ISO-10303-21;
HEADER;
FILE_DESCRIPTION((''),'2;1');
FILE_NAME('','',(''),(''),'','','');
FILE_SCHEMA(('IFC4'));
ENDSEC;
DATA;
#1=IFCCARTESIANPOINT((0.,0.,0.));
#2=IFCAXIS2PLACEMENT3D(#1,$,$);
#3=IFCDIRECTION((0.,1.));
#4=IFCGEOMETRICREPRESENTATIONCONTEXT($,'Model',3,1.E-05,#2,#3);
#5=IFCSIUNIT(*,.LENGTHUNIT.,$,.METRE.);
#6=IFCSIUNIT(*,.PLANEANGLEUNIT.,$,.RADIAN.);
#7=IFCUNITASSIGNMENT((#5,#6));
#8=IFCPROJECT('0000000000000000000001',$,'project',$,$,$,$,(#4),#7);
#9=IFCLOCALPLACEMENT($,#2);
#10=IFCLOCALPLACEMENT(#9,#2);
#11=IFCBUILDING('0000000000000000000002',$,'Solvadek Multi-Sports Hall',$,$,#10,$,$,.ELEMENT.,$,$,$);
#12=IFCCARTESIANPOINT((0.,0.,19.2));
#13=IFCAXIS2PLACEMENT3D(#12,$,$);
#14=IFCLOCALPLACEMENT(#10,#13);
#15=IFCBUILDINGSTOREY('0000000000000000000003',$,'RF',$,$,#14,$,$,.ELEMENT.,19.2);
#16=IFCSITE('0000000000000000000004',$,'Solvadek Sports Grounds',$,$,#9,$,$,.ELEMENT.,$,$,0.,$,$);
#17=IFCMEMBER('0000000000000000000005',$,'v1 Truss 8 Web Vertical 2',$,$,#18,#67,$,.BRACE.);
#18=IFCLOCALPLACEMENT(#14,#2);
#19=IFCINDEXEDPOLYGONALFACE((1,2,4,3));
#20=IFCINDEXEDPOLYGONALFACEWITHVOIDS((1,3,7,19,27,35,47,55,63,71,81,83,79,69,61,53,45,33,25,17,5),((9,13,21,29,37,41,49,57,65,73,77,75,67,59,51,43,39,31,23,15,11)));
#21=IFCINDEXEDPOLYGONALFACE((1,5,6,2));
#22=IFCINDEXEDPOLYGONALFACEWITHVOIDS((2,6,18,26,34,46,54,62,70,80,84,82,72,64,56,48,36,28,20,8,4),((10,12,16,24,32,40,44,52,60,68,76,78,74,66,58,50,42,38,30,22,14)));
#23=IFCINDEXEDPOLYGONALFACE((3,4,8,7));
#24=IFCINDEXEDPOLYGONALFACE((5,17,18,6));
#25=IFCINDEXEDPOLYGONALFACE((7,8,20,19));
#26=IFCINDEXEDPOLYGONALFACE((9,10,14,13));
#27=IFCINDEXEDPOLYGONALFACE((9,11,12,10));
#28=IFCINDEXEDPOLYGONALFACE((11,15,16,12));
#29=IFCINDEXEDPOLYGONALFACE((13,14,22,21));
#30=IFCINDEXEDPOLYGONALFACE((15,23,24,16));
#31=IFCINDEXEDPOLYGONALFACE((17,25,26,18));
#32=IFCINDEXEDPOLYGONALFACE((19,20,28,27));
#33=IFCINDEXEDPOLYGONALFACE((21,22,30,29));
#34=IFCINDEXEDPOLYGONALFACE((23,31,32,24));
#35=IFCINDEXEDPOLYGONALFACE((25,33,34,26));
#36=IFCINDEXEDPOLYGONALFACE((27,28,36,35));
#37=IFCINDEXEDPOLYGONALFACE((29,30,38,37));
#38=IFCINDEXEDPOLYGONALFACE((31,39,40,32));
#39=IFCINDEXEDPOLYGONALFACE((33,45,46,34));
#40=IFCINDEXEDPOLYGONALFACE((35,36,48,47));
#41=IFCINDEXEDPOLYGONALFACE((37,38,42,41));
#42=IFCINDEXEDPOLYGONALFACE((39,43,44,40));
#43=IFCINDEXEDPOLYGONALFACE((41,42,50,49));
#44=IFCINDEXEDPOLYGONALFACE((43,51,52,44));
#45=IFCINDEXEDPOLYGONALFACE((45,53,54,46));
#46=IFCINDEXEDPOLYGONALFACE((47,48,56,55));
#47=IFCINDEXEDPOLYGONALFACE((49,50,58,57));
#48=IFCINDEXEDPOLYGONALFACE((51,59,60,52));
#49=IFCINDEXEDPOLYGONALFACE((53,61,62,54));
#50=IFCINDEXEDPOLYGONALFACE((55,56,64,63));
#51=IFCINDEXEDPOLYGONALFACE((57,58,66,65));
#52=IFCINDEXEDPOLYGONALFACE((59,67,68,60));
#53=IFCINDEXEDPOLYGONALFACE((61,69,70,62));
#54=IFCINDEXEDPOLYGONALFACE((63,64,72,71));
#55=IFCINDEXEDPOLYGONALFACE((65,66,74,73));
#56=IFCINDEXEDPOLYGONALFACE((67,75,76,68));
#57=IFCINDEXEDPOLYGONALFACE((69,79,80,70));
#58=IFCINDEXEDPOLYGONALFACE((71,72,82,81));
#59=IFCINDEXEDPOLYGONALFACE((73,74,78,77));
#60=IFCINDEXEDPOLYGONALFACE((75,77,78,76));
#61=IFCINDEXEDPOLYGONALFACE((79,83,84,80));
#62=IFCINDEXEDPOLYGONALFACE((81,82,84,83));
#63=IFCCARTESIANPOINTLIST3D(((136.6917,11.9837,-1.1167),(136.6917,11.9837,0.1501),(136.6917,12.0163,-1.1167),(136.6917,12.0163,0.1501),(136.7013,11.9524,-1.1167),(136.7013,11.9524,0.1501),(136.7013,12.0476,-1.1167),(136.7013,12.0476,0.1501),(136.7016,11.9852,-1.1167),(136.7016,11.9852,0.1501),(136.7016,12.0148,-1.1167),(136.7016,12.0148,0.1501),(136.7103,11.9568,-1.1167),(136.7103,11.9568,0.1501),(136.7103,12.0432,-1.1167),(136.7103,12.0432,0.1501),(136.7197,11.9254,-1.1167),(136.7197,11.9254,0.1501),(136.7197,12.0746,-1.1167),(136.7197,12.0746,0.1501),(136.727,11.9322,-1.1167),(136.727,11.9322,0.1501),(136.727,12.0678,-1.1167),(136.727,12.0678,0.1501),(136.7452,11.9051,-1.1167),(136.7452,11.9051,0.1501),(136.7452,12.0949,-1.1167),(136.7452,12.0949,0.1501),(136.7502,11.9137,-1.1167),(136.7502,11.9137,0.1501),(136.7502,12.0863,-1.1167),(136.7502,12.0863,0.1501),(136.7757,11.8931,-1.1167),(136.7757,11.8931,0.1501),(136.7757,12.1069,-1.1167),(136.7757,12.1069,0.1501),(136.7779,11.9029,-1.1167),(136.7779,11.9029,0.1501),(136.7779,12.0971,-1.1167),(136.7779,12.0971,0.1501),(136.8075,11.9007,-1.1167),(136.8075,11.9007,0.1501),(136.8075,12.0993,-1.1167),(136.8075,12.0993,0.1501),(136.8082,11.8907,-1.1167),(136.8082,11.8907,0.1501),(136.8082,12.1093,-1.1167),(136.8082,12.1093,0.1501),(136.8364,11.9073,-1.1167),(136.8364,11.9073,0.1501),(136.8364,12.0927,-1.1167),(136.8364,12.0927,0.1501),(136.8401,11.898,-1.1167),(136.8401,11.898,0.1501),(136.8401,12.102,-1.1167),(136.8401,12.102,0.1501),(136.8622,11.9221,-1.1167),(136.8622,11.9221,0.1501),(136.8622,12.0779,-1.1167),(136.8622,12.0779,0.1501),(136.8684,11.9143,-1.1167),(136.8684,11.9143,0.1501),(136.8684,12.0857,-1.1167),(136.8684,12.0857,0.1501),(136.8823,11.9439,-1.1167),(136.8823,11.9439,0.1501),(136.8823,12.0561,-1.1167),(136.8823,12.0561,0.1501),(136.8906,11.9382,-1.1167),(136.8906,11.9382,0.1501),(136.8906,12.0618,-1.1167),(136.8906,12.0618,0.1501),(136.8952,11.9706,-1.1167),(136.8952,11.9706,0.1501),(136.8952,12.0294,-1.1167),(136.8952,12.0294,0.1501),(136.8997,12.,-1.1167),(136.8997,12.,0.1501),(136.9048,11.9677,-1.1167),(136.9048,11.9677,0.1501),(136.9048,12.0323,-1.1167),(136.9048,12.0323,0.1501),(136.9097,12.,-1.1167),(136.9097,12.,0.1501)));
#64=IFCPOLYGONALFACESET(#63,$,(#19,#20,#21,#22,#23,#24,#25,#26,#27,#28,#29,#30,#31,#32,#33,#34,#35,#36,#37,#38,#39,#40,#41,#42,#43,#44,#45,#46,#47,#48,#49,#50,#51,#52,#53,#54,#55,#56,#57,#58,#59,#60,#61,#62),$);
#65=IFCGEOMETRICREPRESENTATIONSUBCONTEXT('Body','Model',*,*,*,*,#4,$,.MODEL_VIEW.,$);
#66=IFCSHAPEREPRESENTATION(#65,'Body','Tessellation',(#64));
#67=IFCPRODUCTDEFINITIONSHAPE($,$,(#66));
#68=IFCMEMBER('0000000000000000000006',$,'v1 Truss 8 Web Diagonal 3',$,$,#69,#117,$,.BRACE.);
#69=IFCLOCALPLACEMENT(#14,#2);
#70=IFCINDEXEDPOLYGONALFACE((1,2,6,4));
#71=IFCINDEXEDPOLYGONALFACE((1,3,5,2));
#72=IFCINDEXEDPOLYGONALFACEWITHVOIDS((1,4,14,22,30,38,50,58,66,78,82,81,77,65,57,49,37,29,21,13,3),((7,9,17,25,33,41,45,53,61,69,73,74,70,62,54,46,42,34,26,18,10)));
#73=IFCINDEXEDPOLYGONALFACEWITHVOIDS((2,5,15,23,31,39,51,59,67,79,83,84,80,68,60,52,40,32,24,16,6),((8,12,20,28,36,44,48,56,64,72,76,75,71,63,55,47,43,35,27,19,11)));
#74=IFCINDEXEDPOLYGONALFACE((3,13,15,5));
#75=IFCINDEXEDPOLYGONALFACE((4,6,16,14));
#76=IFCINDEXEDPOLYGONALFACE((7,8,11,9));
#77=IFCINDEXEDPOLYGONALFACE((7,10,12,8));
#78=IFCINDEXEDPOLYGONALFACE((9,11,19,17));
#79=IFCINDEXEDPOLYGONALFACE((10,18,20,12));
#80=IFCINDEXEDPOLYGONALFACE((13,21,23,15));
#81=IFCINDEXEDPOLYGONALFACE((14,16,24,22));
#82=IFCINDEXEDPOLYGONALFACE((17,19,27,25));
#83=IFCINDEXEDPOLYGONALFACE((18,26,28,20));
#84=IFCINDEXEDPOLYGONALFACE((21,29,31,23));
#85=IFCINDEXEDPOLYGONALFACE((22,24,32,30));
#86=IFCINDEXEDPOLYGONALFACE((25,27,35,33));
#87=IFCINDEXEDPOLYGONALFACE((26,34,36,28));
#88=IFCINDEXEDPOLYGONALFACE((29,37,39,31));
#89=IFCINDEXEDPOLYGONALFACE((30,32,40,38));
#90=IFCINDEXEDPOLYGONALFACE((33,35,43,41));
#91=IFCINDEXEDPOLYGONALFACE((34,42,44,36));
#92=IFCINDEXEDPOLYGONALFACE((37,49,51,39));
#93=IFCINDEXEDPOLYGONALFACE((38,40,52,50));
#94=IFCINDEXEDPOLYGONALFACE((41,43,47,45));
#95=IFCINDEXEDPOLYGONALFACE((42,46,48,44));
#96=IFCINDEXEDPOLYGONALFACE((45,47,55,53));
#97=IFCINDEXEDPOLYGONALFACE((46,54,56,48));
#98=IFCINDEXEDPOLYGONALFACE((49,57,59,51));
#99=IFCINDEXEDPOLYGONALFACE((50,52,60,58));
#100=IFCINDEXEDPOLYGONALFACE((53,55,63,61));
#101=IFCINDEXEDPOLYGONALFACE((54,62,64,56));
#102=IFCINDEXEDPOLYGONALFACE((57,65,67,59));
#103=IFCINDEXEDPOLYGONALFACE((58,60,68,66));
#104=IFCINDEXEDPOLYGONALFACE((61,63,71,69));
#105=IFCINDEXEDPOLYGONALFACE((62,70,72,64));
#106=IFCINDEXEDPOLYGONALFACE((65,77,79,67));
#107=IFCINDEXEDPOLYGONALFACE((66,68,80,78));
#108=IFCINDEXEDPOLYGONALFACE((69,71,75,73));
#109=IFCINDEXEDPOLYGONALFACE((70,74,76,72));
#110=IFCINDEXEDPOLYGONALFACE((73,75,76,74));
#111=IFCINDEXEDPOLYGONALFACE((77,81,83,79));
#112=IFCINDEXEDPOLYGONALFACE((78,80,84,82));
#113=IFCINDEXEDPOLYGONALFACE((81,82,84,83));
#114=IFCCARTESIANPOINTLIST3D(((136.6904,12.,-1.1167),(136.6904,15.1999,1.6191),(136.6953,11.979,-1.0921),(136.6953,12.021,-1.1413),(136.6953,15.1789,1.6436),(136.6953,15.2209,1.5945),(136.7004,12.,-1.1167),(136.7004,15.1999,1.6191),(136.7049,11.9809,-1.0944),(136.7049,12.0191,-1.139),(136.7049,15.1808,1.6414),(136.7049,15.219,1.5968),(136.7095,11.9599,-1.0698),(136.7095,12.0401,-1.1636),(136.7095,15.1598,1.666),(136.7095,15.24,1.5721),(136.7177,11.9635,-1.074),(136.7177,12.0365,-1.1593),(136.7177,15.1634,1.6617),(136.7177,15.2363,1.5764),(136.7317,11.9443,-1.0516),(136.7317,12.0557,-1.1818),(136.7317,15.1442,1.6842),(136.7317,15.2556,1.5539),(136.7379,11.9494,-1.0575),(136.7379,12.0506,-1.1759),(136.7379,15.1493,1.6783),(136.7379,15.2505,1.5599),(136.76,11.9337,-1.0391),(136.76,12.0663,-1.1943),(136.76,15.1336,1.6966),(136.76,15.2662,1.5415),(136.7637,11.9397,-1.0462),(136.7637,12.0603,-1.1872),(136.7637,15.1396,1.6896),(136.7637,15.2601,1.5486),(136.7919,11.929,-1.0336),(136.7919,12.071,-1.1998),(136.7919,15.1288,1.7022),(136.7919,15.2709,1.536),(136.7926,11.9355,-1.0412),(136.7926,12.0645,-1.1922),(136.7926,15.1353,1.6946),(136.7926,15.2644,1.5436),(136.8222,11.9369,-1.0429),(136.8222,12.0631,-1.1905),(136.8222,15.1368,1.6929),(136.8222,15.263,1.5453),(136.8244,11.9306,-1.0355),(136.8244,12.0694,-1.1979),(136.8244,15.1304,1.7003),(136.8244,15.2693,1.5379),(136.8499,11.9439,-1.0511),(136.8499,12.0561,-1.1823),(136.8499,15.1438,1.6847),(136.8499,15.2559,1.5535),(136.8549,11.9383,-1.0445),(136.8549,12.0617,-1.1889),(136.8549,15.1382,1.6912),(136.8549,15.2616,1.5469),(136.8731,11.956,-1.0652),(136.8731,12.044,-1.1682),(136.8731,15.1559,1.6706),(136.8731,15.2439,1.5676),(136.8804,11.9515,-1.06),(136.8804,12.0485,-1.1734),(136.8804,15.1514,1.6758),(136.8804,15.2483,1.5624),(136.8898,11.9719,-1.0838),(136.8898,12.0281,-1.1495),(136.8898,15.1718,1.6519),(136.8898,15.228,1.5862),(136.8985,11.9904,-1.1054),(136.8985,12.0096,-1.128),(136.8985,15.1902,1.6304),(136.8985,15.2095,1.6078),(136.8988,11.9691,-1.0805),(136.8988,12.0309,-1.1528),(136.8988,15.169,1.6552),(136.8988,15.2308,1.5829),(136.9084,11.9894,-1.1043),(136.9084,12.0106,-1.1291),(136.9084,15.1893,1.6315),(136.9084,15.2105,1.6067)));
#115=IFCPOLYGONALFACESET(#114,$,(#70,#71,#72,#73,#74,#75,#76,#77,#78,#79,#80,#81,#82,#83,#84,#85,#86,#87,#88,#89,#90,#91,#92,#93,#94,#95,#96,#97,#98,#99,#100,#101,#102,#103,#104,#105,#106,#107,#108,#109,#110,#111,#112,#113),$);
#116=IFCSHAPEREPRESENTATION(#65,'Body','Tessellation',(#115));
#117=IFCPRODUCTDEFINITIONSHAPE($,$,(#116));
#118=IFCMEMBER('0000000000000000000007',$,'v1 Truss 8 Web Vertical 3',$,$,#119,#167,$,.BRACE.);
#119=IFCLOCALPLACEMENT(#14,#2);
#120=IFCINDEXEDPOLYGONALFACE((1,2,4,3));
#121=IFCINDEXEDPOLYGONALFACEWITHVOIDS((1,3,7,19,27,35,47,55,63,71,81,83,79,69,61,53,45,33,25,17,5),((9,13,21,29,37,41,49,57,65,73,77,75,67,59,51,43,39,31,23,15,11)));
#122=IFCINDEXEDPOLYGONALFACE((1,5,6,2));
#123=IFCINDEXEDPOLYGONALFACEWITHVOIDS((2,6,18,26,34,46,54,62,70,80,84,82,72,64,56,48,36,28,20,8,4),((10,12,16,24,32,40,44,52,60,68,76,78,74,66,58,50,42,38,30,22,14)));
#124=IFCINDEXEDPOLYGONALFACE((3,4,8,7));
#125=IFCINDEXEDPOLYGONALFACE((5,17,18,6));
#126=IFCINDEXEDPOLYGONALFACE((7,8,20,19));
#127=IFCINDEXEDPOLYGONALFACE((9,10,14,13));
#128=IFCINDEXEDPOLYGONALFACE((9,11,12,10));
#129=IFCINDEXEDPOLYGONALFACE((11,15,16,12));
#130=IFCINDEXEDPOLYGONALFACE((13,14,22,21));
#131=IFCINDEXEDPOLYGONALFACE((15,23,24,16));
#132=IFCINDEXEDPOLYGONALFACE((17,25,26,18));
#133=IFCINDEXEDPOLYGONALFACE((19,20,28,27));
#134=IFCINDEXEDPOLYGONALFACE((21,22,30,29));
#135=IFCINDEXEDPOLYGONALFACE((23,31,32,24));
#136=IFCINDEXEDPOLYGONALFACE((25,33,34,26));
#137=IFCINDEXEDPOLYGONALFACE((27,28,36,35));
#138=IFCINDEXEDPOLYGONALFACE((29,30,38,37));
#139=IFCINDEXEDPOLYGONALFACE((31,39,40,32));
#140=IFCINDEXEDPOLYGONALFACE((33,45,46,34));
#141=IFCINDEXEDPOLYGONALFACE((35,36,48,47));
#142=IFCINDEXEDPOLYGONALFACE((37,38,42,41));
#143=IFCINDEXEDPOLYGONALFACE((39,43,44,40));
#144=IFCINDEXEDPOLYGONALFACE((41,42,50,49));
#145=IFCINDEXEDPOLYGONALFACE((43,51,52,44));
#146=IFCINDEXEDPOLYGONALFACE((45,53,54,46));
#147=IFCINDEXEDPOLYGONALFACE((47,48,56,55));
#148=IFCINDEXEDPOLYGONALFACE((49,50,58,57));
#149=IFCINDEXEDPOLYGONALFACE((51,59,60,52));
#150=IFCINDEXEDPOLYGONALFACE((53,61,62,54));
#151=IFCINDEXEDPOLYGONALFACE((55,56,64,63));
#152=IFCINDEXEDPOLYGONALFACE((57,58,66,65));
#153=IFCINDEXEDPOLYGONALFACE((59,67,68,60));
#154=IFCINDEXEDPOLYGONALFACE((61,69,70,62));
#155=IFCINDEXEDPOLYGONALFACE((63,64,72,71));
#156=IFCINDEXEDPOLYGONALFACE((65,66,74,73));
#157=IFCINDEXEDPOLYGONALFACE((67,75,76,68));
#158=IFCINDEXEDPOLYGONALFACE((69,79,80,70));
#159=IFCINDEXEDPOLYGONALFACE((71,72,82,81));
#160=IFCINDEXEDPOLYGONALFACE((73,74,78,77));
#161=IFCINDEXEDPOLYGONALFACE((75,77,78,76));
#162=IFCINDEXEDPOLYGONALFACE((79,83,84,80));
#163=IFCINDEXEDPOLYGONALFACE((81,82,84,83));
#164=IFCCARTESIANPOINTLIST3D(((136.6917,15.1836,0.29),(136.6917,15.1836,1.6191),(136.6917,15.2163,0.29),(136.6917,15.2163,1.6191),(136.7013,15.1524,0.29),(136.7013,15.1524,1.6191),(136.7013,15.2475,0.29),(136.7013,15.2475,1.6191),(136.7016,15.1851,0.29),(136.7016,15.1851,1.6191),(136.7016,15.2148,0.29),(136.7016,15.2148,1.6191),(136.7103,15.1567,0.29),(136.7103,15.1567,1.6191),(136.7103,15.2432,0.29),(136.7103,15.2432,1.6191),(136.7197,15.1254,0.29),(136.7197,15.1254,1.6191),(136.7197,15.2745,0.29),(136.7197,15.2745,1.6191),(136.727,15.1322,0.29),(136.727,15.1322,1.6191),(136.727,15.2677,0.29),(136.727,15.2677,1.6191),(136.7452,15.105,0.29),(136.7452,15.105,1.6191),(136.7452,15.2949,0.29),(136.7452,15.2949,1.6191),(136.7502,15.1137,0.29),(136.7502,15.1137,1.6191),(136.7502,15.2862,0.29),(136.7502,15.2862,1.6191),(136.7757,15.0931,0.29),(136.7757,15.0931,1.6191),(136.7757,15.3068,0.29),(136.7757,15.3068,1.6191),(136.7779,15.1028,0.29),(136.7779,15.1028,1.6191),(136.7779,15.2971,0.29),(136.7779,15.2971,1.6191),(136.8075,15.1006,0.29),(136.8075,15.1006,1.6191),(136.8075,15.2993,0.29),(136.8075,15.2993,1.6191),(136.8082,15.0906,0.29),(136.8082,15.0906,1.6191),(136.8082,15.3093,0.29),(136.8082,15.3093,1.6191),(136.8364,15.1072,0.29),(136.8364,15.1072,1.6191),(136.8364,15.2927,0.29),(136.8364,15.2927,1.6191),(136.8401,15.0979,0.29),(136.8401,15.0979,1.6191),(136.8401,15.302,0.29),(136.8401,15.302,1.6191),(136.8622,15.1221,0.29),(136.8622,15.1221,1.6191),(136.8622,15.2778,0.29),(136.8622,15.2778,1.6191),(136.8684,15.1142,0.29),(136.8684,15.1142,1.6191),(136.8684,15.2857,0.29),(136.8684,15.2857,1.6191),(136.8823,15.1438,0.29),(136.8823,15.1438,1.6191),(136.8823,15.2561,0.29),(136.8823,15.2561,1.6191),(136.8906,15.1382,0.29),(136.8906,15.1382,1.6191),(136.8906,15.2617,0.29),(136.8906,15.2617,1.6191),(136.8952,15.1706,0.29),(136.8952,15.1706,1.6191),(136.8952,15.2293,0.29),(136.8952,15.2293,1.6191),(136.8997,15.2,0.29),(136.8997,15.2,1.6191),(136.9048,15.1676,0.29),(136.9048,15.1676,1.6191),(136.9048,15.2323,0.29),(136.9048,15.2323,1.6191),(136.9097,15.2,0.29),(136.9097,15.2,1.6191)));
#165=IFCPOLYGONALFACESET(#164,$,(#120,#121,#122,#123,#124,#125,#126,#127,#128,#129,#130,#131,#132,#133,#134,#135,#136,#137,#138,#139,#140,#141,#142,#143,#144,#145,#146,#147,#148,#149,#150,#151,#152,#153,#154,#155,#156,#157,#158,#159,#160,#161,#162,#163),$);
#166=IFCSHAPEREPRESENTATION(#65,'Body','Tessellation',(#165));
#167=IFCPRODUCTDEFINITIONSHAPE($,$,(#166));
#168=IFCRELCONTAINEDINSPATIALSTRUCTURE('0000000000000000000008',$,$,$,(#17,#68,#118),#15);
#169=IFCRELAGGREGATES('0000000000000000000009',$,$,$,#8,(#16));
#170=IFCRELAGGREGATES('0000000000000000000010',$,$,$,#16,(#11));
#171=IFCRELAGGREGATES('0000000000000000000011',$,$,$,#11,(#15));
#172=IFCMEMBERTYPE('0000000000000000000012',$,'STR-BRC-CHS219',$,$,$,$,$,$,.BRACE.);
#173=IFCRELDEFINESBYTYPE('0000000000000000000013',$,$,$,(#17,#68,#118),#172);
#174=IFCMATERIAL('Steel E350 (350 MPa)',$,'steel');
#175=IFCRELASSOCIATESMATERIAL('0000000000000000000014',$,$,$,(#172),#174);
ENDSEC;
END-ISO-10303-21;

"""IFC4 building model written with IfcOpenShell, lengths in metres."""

from ifc_helpers import new_model, si_unit, direction, frame, origin, origin_2d, place, context, subcontext, project, spatial, hollow_circle, extrude, material, material_profile, profile_set, type_object, element, save


model = new_model("IFC4")

# Units and contexts
model_context = context("Model", 3, precision=1e-05, world=origin(), true_north=direction((0.0, 1.0)))
body_context = subcontext(model_context, "Body", "Model", "MODEL_VIEW")
ifc_project = project(units=[si_unit("LENGTHUNIT", "METRE"), si_unit("PLANEANGLEUNIT", "RADIAN")], contexts=[model_context])

# Site, building, storey
site_placement = place(None, origin())
site = spatial("IfcSite", under=ifc_project, at=site_placement, Name="Solvadek Sports Grounds", CompositionType="ELEMENT", RefElevation=0.0)
building_placement = place(site_placement, origin())
building = spatial("IfcBuilding", under=site, at=building_placement, Name="Solvadek Multi-Sports Hall", CompositionType="ELEMENT")
storey_placement = place(building_placement, frame((0.0, 0.0, 19.2)))
storey = spatial("IfcBuildingStorey", under=building, at=storey_placement, Name="RF", CompositionType="ELEMENT", Elevation=19.2)

# Shared definitions
ifc_material_1 = material(Name="Steel E350 (350 MPa)", Category="steel")

# Members
ifc_material_profile_1 = material_profile(ifc_material_1, hollow_circle(Radius=0.1096, WallThickness=0.01, at=origin_2d()), Name="CHS 219.1x10")
ifc_profile_set_1 = profile_set([ifc_material_profile_1], Name="Steel E350 (350 MPa)")
member_type_1 = type_object("IfcMemberType", Name="STR-BRC-CHS219", PredefinedType="BRACE", material=ifc_profile_set_1)
member_1_placement = place(storey_placement, frame((136.8, 12.0, -1.1167), z_axis=(0.0, 0.0, 1.0), x_axis=(1.0, 0.0, 0.0)))
element("IfcMember", 1, at=member_1_placement, inside=storey, type_object=member_type_1, Name="v1 Truss 8 Web Vertical 2", PredefinedType="BRACE", context=body_context, shape_type="SweptSolid", body=[
    extrude(hollow_circle(Radius=0.1096, WallThickness=0.01, at=origin_2d()), origin(), (0.0, 0.0, 1.0), 1.2668),
])
member_2_placement = place(storey_placement, frame((136.8, 12.0, -1.1167), z_axis=(0.0, 0.760075, 0.649836), x_axis=(-1.0, 0.0, 0.0)))
element("IfcMember", 2, at=member_2_placement, inside=storey, type_object=member_type_1, Name="v1 Truss 8 Web Diagonal 3", PredefinedType="BRACE", context=body_context, shape_type="SweptSolid", body=[
    extrude(hollow_circle(Radius=0.1096, WallThickness=0.01, at=origin_2d()), origin(), (0.0, 0.0, 1.0), 4.21),
])
member_3_placement = place(storey_placement, frame((136.8, 15.2, 0.29), z_axis=(0.0, 0.0, 1.0), x_axis=(1.0, 0.0, 0.0)))
element("IfcMember", 3, at=member_3_placement, inside=storey, type_object=member_type_1, Name="v1 Truss 8 Web Vertical 3", PredefinedType="BRACE", context=body_context, shape_type="SweptSolid", body=[
    extrude(hollow_circle(Radius=0.1096, WallThickness=0.01, at=origin_2d()), origin(), (0.0, 0.0, 1.0), 1.3291),
])

save(model, "model.ifc")
